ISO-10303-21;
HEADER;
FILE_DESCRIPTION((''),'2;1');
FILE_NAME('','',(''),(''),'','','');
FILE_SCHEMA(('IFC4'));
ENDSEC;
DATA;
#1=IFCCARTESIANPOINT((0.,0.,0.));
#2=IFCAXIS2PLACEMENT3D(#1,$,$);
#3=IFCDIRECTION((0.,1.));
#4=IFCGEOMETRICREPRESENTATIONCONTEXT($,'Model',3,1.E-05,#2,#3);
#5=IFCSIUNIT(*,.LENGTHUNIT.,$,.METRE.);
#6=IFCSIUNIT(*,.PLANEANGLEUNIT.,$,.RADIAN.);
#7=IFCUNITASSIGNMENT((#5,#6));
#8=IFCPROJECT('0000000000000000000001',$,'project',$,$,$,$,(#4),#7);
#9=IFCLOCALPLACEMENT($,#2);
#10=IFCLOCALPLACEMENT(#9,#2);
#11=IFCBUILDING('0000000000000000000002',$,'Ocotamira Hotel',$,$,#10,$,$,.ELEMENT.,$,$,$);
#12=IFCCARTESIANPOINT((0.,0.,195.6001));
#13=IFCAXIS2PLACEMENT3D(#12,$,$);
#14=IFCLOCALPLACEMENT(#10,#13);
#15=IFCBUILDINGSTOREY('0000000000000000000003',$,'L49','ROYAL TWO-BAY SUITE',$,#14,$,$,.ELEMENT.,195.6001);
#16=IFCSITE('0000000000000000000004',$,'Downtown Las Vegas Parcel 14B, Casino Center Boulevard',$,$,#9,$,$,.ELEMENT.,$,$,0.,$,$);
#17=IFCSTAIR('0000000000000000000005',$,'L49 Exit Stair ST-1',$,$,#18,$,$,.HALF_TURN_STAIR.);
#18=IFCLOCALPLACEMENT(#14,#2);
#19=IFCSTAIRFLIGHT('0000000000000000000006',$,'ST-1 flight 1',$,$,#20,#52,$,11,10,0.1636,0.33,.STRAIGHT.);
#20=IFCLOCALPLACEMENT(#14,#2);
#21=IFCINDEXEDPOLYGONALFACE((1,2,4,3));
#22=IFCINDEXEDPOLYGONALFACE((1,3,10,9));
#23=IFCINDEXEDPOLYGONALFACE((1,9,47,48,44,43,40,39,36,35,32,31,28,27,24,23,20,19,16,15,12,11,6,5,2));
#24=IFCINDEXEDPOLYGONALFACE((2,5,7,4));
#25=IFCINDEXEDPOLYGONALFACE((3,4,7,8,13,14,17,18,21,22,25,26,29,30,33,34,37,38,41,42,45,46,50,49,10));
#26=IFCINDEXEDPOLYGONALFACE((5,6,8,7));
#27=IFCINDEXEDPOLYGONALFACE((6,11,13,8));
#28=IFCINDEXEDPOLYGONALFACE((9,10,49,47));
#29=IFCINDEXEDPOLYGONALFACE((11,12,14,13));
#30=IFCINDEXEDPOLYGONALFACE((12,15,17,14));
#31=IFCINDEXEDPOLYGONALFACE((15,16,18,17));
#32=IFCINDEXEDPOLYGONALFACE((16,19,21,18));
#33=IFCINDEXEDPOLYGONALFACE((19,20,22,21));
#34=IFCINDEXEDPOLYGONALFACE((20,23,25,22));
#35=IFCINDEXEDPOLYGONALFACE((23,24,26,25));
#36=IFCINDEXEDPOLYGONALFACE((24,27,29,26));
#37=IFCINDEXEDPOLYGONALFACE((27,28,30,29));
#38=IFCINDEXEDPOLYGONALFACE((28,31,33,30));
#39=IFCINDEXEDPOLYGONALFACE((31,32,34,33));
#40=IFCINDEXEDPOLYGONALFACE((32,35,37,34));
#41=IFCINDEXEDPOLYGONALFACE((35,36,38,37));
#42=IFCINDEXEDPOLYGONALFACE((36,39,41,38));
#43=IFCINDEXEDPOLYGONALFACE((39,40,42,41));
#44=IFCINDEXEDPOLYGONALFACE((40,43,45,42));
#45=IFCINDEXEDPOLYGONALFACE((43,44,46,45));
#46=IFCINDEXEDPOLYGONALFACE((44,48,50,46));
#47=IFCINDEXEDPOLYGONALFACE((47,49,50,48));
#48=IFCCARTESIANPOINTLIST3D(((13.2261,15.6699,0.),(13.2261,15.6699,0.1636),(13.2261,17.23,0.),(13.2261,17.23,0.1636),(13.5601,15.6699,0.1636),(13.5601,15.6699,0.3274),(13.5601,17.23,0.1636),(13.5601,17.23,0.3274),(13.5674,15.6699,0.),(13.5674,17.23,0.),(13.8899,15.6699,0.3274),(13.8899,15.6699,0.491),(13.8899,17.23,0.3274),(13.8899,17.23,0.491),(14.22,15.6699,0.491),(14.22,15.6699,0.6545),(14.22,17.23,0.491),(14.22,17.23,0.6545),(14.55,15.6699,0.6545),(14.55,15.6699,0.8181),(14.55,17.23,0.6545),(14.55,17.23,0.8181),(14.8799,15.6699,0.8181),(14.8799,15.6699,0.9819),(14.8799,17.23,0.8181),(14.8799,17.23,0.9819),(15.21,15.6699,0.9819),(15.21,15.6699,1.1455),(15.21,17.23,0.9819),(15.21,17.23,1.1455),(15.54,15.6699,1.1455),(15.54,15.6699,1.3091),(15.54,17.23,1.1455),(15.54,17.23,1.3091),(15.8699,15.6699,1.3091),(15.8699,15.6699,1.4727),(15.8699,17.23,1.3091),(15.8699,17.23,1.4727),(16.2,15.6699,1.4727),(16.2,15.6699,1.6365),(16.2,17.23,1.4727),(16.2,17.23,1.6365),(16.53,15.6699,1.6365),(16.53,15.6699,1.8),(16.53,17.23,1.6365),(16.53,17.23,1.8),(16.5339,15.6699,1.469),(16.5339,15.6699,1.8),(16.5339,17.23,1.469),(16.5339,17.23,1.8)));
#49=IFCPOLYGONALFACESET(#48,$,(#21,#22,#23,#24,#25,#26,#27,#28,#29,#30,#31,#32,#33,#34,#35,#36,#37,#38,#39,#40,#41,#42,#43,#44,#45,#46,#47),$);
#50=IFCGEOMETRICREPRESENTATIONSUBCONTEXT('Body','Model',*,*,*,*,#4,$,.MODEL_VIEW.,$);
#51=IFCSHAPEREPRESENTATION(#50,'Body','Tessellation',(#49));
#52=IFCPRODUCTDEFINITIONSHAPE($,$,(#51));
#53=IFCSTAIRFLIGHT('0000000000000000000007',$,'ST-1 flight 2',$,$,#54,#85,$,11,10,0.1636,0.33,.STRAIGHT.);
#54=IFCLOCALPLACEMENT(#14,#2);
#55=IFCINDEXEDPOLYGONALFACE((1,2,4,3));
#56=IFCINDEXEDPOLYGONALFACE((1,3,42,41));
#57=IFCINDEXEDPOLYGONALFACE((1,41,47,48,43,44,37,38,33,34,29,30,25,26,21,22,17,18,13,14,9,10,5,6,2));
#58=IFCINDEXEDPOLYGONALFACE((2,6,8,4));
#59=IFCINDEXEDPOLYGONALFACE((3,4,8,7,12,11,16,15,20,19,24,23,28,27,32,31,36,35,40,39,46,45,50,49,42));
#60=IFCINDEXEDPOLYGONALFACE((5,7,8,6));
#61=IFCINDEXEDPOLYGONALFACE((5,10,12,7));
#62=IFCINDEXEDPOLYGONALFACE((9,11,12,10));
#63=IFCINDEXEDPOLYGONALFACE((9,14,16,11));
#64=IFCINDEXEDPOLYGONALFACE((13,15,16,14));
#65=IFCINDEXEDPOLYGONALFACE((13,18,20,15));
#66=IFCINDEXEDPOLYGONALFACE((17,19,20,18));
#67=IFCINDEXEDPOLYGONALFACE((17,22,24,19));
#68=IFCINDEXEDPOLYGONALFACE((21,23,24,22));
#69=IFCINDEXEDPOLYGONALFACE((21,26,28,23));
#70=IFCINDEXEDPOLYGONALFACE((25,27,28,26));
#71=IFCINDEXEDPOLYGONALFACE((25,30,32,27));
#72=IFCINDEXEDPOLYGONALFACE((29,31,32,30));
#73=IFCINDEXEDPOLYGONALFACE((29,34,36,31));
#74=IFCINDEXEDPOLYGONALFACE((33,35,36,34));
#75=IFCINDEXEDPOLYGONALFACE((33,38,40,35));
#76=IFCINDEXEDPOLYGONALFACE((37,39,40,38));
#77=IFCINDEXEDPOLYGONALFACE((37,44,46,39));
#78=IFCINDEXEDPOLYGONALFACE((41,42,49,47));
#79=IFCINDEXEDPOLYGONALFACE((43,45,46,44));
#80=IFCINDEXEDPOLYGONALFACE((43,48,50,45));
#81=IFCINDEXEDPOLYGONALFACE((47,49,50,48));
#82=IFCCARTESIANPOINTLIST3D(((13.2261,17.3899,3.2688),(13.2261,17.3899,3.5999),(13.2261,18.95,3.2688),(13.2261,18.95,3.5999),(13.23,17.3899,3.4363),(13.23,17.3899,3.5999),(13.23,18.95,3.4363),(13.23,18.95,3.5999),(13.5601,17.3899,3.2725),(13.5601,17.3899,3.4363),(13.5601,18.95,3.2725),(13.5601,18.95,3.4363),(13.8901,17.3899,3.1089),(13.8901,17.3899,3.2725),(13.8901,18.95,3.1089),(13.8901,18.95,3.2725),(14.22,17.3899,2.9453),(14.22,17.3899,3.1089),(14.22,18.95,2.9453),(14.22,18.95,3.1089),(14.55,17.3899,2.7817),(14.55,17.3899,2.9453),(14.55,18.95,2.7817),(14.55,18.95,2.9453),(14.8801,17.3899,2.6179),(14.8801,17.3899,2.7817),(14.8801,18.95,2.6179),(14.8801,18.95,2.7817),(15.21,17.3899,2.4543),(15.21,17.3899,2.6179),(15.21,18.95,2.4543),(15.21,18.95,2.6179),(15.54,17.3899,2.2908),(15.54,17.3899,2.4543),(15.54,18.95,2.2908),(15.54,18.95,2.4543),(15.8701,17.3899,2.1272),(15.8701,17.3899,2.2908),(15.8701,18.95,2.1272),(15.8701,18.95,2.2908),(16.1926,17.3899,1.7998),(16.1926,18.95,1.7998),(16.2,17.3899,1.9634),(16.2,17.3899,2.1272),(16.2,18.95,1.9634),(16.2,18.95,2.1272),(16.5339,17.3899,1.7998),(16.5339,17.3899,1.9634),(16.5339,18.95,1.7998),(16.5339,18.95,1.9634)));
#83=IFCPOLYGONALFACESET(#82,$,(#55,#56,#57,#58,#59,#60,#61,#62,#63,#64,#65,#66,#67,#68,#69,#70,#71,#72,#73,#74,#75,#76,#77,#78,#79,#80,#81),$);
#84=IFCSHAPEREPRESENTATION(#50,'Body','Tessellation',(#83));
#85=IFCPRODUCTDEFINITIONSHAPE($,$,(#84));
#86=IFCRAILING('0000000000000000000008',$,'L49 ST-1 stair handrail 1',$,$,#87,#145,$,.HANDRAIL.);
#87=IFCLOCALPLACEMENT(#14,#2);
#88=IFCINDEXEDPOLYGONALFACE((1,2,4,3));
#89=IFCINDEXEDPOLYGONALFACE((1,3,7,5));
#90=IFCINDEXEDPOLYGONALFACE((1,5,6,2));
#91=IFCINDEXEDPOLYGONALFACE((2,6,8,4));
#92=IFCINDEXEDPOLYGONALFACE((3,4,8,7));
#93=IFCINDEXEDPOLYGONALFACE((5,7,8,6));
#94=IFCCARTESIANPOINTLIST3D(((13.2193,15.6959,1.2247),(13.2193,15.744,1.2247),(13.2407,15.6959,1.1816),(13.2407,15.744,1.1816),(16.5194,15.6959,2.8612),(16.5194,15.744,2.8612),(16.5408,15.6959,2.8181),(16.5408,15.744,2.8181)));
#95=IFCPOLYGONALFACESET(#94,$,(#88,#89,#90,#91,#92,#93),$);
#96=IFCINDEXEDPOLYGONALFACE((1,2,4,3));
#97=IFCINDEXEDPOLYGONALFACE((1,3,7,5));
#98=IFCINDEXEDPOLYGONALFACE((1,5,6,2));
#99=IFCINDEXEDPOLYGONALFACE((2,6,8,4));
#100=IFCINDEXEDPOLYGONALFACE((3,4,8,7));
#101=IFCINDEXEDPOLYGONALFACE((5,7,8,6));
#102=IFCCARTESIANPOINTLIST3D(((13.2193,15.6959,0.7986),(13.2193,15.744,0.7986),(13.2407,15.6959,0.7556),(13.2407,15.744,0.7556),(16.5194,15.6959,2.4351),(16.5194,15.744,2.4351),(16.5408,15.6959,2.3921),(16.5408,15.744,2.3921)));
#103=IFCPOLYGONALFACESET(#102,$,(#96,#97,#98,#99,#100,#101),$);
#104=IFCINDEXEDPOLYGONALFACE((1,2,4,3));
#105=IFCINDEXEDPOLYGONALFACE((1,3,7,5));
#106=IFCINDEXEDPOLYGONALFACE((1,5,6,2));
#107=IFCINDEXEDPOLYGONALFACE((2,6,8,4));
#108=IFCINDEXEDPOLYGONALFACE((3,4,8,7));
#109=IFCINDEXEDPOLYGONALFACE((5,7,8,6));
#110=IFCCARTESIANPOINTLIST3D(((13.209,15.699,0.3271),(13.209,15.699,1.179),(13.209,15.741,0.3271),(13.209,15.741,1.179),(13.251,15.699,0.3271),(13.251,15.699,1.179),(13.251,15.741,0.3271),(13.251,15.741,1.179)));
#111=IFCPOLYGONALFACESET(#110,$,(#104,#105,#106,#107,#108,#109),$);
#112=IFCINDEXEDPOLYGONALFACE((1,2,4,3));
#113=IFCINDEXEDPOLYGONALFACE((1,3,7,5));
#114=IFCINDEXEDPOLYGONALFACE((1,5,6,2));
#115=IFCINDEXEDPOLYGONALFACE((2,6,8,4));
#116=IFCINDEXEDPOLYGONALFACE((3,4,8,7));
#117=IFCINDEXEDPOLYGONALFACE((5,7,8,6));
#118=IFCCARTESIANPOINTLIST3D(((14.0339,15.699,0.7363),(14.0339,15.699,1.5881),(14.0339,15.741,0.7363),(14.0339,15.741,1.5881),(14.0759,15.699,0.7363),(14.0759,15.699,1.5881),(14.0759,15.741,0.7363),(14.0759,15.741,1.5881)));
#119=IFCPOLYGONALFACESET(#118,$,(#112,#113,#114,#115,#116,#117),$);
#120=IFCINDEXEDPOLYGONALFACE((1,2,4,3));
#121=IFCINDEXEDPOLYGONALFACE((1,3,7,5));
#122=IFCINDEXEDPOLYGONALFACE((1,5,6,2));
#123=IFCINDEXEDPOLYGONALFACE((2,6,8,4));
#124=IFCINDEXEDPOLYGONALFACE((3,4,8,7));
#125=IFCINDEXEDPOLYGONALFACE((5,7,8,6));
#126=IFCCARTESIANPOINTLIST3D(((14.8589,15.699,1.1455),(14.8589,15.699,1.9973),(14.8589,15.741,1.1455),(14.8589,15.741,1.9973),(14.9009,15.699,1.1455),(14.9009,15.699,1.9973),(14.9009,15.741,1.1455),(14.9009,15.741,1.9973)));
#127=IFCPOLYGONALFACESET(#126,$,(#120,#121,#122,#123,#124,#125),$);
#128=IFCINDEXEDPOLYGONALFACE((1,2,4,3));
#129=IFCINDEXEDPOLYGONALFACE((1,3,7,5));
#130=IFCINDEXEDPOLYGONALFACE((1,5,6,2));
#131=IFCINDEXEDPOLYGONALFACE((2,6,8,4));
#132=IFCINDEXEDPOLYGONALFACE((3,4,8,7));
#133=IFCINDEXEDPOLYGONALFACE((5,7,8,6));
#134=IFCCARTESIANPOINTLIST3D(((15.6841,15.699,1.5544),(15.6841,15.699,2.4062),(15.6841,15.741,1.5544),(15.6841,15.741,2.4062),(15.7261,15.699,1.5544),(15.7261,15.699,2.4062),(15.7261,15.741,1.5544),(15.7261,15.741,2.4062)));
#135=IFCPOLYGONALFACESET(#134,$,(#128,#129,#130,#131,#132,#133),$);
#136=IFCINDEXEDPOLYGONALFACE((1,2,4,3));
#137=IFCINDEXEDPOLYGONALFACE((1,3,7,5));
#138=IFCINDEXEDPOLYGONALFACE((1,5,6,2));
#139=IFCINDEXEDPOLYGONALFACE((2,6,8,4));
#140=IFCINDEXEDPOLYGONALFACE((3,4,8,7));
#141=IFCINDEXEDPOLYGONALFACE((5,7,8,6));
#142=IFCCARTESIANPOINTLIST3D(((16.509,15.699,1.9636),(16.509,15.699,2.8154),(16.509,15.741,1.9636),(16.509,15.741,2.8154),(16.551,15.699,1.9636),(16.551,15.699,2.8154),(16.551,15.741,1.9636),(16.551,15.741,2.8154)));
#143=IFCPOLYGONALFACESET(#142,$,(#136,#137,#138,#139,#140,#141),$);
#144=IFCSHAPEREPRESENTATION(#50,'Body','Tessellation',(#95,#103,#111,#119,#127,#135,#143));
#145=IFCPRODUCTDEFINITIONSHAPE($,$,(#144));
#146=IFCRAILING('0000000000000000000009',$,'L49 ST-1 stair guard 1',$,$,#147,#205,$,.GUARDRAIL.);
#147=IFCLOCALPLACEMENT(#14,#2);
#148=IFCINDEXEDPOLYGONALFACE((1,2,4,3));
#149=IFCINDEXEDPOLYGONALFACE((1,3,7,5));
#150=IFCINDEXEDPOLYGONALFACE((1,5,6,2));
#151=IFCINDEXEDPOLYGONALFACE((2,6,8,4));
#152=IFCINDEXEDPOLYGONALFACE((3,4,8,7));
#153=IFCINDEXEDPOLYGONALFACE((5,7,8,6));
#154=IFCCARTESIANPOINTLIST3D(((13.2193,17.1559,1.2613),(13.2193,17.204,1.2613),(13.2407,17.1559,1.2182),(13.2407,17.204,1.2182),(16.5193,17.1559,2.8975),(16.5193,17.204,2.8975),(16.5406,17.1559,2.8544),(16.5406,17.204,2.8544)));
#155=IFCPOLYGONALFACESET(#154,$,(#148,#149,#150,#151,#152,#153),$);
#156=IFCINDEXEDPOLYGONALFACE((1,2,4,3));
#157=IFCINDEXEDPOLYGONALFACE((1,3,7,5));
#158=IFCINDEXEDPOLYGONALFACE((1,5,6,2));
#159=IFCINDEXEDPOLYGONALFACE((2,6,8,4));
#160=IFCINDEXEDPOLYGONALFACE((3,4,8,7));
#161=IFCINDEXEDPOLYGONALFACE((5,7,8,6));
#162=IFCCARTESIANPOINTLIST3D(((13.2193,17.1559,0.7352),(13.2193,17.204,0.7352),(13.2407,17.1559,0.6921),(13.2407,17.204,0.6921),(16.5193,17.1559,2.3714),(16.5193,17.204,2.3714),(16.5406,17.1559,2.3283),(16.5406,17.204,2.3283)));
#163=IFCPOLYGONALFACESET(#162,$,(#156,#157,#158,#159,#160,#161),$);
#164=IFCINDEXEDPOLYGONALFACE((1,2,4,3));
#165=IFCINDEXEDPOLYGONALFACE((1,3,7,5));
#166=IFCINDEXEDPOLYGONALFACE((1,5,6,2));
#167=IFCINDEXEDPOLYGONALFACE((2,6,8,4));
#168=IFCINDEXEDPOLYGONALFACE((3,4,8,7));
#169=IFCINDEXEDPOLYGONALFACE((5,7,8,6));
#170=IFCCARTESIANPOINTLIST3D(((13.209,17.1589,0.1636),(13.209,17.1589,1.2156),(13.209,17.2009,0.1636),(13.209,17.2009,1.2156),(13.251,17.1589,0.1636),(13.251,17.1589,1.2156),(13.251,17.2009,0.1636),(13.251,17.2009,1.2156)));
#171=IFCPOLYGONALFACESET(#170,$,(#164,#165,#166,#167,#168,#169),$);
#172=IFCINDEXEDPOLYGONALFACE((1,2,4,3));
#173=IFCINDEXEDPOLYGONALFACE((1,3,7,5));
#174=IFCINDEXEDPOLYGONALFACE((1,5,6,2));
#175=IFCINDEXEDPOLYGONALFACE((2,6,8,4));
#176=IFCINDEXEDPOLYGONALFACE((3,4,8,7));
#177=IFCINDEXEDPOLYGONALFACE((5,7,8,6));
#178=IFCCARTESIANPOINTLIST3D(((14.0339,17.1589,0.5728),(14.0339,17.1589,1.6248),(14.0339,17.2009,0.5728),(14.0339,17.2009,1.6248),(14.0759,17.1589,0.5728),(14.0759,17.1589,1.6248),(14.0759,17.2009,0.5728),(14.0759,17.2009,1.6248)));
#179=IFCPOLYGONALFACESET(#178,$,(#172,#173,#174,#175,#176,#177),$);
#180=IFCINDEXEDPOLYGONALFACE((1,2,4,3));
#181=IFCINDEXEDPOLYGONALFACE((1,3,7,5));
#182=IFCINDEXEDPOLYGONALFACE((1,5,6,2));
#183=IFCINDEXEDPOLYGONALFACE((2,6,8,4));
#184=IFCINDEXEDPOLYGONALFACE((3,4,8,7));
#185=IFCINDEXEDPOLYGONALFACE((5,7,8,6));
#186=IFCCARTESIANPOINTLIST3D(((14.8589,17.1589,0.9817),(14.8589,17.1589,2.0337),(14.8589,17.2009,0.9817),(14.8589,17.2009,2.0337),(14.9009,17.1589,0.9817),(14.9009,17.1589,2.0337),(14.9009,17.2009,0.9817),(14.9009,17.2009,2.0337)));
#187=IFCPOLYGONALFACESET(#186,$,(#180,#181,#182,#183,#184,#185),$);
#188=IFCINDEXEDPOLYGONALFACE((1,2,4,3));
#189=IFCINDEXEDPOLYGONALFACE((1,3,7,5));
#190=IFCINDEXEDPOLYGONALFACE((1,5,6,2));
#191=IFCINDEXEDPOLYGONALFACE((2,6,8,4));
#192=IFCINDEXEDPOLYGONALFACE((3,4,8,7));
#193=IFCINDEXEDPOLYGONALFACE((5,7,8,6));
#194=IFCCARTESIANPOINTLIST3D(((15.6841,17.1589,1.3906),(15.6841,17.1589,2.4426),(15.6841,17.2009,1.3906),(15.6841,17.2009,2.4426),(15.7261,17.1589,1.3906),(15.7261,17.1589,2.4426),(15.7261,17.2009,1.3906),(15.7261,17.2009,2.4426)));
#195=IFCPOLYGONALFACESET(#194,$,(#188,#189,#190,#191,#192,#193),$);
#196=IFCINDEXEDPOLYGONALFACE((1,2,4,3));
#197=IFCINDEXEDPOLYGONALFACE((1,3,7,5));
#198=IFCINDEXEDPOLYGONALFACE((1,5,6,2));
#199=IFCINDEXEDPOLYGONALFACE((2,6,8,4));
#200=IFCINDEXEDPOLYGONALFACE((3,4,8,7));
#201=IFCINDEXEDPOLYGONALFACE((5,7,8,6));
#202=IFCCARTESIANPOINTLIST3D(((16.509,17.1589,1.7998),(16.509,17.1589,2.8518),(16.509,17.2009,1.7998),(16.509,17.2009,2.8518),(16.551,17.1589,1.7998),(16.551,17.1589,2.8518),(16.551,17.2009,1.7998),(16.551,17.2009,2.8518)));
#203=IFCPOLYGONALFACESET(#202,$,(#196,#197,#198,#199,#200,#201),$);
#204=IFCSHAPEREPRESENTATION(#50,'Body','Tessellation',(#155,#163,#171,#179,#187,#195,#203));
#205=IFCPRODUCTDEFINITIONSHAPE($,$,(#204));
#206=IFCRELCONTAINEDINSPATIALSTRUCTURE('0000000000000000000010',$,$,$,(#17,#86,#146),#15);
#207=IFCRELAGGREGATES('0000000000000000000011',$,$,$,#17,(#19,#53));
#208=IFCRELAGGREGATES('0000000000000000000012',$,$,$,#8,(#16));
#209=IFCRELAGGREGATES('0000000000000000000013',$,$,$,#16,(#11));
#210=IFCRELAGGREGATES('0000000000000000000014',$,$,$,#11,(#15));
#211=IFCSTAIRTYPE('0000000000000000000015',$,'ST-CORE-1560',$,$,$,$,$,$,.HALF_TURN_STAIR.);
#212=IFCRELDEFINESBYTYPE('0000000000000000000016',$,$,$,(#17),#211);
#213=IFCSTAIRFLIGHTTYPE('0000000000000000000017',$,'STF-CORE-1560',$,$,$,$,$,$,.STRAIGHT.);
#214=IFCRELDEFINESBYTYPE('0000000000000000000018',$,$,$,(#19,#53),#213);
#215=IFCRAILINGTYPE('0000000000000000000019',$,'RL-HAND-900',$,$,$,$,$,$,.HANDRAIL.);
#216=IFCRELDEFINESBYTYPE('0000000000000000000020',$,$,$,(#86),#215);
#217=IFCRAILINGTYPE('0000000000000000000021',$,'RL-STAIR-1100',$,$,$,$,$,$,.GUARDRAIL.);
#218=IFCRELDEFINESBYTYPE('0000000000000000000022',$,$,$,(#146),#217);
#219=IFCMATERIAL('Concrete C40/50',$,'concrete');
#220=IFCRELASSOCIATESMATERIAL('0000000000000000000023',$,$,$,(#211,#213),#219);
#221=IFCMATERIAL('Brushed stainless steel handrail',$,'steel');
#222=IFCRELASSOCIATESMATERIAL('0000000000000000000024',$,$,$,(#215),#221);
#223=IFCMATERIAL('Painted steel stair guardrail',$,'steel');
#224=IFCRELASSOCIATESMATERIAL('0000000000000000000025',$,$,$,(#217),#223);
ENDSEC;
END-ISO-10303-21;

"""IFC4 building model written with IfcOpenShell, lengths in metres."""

from ifc_helpers import new_model, si_unit, direction, frame, origin, origin_2d, place, context, subcontext, project, spatial, polyline, rectangle, outline, extrude, source, transform, mapped, material, type_object, element, aggregate, save


model = new_model("IFC4")

# Units and contexts
model_context = context("Model", 3, precision=1e-05, world=origin(), true_north=direction((0.0, 1.0)))
body_context = subcontext(model_context, "Body", "Model", "MODEL_VIEW")
ifc_project = project(units=[si_unit("LENGTHUNIT", "METRE"), si_unit("PLANEANGLEUNIT", "RADIAN")], contexts=[model_context])

# Site, building, storey
site_placement = place(None, origin())
site = spatial("IfcSite", under=ifc_project, at=site_placement, Name="Downtown Las Vegas Parcel 14B, Casino Center Boulevard", CompositionType="ELEMENT", RefElevation=0.0)
building_placement = place(site_placement, origin())
building = spatial("IfcBuilding", under=site, at=building_placement, Name="Ocotamira Hotel", CompositionType="ELEMENT")
storey_placement = place(building_placement, frame((0.0, 0.0, 195.6001)))
storey = spatial("IfcBuildingStorey", under=building, at=storey_placement, Name="L49", Description="ROYAL TWO-BAY SUITE", CompositionType="ELEMENT", Elevation=195.6001)

# Stair, stair flights
ifc_material_1 = material(Name="Concrete C40/50", Category="concrete")
stair_type = type_object("IfcStairType", Name="ST-CORE-1560", PredefinedType="HALF_TURN_STAIR", material=ifc_material_1)
stair_placement = place(storey_placement, origin())
stair = element("IfcStair", 1, at=stair_placement, inside=storey, type_object=stair_type, Name="L49 Exit Stair ST-1", PredefinedType="HALF_TURN_STAIR")
stair_flight_type = type_object("IfcStairFlightType", Name="STF-CORE-1560", PredefinedType="STRAIGHT", material=ifc_material_1)
shared_shape_1 = source(origin(), body_context, "Body", "SweptSolid", [
    extrude(outline(polyline([(-0.0039, 0.0), (-0.0039, 0.1636), (0.3301, 0.1636), (0.3301, 0.3274), (0.6599, 0.3274), (0.6599, 0.491), (0.99, 0.491), (0.99, 0.6545), (1.3201, 0.6545), (1.3201, 0.8181), (1.6499, 0.8181), (1.6499, 0.9819), (1.98, 0.9819), (1.98, 1.1455), (2.3101, 1.1455), (2.3101, 1.3091), (2.6399, 1.3091), (2.6399, 1.4727), (2.97, 1.4727), (2.97, 1.6365), (3.3, 1.6365), (3.3, 1.8), (3.304, 1.8), (3.304, 1.469), (0.3374, 0.0), (-0.0039, 0.0)])), frame((0.0, 0.78, 0.0), z_axis=(0.0, -1.0, 0.0), x_axis=(1.0, 0.0, 0.0)), (0.0, 0.0, 1.0), 1.5601),
])
stair_flight_1_placement = place(storey_placement, frame((13.23, 16.45, 0.0), z_axis=(0.0, 0.0, 1.0), x_axis=(1.0, 0.0, 0.0)))
stair_flight_1 = element("IfcStairFlight", 2, at=stair_flight_1_placement, type_object=stair_flight_type, Name="ST-1 flight 1", NumberOfRisers=11, NumberOfTreads=10, PredefinedType="STRAIGHT", RiserHeight=0.1636, TreadLength=0.33, context=body_context, shape_type="MappedRepresentation", body=[
    mapped(shared_shape_1, transform((0.0, 0.0, 0.0), scale=1.0)),
])
stair_flight_2_placement = place(storey_placement, frame((16.53, 18.1699, 1.7998), z_axis=(0.0, 0.0, 1.0), x_axis=(-1.0, 0.0, 0.0)))
stair_flight_2 = element("IfcStairFlight", 3, at=stair_flight_2_placement, type_object=stair_flight_type, Name="ST-1 flight 2", NumberOfRisers=11, NumberOfTreads=10, PredefinedType="STRAIGHT", RiserHeight=0.1636, TreadLength=0.33, context=body_context, shape_type="MappedRepresentation", body=[
    mapped(shared_shape_1, transform((0.0, 0.0, 0.0), scale=1.0)),
])
aggregate(stair, [stair_flight_1, stair_flight_2])

# Railings
ifc_material_2 = material(Name="Brushed stainless steel handrail", Category="steel")
railing_type_1 = type_object("IfcRailingType", Name="RL-HAND-900", PredefinedType="HANDRAIL", material=ifc_material_2)
railing_1_placement = place(storey_placement, frame((13.23, 15.72, 0.3271)))
element("IfcRailing", 4, at=railing_1_placement, inside=storey, type_object=railing_type_1, Name="L49 ST-1 stair handrail 1", PredefinedType="HANDRAIL", context=body_context, shape_type="SweptSolid", body=[
    extrude(rectangle(XDim=0.0481, YDim=0.0481, at=origin_2d()), frame((0.0, 0.0, 0.876), z_axis=(0.895894, 0.0, 0.444268), x_axis=(0.0, 1.0, 0.0)), (0.0, 0.0, 1.0), 3.6836),
    extrude(rectangle(XDim=0.0481, YDim=0.0481, at=origin_2d()), frame((0.0, 0.0, 0.45), z_axis=(0.895894, 0.0, 0.444268), x_axis=(0.0, 1.0, 0.0)), (0.0, 0.0, 1.0), 3.6836),
    extrude(rectangle(XDim=0.042, YDim=0.042, at=origin_2d()), origin(), (0.0, 0.0, 1.0), 0.8518),
    extrude(rectangle(XDim=0.042, YDim=0.042, at=origin_2d()), frame((0.825, 0.0, 0.4092)), (0.0, 0.0, 1.0), 0.8518),
    extrude(rectangle(XDim=0.042, YDim=0.042, at=origin_2d()), frame((1.6499, 0.0, 0.8184)), (0.0, 0.0, 1.0), 0.8518),
    extrude(rectangle(XDim=0.042, YDim=0.042, at=origin_2d()), frame((2.4751, 0.0, 1.2273)), (0.0, 0.0, 1.0), 0.8518),
    extrude(rectangle(XDim=0.042, YDim=0.042, at=origin_2d()), frame((3.3, 0.0, 1.6365)), (0.0, 0.0, 1.0), 0.8518),
])
ifc_material_3 = material(Name="Painted steel stair guardrail", Category="steel")
railing_type_2 = type_object("IfcRailingType", Name="RL-STAIR-1100", PredefinedType="GUARDRAIL", material=ifc_material_3)
railing_2_placement = place(storey_placement, frame((13.23, 17.1799, 0.1636)))
element("IfcRailing", 5, at=railing_2_placement, inside=storey, type_object=railing_type_2, Name="L49 ST-1 stair guard 1", PredefinedType="GUARDRAIL", context=body_context, shape_type="SweptSolid", body=[
    extrude(rectangle(XDim=0.0481, YDim=0.0481, at=origin_2d()), frame((0.0, 0.0, 1.0762), z_axis=(0.89592, 0.0, 0.444215), x_axis=(0.0, 1.0, 0.0)), (0.0, 0.0, 1.0), 3.6833),
    extrude(rectangle(XDim=0.0481, YDim=0.0481, at=origin_2d()), frame((0.0, 0.0, 0.55), z_axis=(0.89592, 0.0, 0.444215), x_axis=(0.0, 1.0, 0.0)), (0.0, 0.0, 1.0), 3.6833),
    extrude(rectangle(XDim=0.042, YDim=0.042, at=origin_2d()), origin(), (0.0, 0.0, 1.0), 1.052),
    extrude(rectangle(XDim=0.042, YDim=0.042, at=origin_2d()), frame((0.825, 0.0, 0.4092)), (0.0, 0.0, 1.0), 1.052),
    extrude(rectangle(XDim=0.042, YDim=0.042, at=origin_2d()), frame((1.6499, 0.0, 0.8181)), (0.0, 0.0, 1.0), 1.052),
    extrude(rectangle(XDim=0.042, YDim=0.042, at=origin_2d()), frame((2.4751, 0.0, 1.2271)), (0.0, 0.0, 1.0), 1.052),
    extrude(rectangle(XDim=0.042, YDim=0.042, at=origin_2d()), frame((3.3, 0.0, 1.6362)), (0.0, 0.0, 1.0), 1.052),
])

save(model, "model.ifc")
